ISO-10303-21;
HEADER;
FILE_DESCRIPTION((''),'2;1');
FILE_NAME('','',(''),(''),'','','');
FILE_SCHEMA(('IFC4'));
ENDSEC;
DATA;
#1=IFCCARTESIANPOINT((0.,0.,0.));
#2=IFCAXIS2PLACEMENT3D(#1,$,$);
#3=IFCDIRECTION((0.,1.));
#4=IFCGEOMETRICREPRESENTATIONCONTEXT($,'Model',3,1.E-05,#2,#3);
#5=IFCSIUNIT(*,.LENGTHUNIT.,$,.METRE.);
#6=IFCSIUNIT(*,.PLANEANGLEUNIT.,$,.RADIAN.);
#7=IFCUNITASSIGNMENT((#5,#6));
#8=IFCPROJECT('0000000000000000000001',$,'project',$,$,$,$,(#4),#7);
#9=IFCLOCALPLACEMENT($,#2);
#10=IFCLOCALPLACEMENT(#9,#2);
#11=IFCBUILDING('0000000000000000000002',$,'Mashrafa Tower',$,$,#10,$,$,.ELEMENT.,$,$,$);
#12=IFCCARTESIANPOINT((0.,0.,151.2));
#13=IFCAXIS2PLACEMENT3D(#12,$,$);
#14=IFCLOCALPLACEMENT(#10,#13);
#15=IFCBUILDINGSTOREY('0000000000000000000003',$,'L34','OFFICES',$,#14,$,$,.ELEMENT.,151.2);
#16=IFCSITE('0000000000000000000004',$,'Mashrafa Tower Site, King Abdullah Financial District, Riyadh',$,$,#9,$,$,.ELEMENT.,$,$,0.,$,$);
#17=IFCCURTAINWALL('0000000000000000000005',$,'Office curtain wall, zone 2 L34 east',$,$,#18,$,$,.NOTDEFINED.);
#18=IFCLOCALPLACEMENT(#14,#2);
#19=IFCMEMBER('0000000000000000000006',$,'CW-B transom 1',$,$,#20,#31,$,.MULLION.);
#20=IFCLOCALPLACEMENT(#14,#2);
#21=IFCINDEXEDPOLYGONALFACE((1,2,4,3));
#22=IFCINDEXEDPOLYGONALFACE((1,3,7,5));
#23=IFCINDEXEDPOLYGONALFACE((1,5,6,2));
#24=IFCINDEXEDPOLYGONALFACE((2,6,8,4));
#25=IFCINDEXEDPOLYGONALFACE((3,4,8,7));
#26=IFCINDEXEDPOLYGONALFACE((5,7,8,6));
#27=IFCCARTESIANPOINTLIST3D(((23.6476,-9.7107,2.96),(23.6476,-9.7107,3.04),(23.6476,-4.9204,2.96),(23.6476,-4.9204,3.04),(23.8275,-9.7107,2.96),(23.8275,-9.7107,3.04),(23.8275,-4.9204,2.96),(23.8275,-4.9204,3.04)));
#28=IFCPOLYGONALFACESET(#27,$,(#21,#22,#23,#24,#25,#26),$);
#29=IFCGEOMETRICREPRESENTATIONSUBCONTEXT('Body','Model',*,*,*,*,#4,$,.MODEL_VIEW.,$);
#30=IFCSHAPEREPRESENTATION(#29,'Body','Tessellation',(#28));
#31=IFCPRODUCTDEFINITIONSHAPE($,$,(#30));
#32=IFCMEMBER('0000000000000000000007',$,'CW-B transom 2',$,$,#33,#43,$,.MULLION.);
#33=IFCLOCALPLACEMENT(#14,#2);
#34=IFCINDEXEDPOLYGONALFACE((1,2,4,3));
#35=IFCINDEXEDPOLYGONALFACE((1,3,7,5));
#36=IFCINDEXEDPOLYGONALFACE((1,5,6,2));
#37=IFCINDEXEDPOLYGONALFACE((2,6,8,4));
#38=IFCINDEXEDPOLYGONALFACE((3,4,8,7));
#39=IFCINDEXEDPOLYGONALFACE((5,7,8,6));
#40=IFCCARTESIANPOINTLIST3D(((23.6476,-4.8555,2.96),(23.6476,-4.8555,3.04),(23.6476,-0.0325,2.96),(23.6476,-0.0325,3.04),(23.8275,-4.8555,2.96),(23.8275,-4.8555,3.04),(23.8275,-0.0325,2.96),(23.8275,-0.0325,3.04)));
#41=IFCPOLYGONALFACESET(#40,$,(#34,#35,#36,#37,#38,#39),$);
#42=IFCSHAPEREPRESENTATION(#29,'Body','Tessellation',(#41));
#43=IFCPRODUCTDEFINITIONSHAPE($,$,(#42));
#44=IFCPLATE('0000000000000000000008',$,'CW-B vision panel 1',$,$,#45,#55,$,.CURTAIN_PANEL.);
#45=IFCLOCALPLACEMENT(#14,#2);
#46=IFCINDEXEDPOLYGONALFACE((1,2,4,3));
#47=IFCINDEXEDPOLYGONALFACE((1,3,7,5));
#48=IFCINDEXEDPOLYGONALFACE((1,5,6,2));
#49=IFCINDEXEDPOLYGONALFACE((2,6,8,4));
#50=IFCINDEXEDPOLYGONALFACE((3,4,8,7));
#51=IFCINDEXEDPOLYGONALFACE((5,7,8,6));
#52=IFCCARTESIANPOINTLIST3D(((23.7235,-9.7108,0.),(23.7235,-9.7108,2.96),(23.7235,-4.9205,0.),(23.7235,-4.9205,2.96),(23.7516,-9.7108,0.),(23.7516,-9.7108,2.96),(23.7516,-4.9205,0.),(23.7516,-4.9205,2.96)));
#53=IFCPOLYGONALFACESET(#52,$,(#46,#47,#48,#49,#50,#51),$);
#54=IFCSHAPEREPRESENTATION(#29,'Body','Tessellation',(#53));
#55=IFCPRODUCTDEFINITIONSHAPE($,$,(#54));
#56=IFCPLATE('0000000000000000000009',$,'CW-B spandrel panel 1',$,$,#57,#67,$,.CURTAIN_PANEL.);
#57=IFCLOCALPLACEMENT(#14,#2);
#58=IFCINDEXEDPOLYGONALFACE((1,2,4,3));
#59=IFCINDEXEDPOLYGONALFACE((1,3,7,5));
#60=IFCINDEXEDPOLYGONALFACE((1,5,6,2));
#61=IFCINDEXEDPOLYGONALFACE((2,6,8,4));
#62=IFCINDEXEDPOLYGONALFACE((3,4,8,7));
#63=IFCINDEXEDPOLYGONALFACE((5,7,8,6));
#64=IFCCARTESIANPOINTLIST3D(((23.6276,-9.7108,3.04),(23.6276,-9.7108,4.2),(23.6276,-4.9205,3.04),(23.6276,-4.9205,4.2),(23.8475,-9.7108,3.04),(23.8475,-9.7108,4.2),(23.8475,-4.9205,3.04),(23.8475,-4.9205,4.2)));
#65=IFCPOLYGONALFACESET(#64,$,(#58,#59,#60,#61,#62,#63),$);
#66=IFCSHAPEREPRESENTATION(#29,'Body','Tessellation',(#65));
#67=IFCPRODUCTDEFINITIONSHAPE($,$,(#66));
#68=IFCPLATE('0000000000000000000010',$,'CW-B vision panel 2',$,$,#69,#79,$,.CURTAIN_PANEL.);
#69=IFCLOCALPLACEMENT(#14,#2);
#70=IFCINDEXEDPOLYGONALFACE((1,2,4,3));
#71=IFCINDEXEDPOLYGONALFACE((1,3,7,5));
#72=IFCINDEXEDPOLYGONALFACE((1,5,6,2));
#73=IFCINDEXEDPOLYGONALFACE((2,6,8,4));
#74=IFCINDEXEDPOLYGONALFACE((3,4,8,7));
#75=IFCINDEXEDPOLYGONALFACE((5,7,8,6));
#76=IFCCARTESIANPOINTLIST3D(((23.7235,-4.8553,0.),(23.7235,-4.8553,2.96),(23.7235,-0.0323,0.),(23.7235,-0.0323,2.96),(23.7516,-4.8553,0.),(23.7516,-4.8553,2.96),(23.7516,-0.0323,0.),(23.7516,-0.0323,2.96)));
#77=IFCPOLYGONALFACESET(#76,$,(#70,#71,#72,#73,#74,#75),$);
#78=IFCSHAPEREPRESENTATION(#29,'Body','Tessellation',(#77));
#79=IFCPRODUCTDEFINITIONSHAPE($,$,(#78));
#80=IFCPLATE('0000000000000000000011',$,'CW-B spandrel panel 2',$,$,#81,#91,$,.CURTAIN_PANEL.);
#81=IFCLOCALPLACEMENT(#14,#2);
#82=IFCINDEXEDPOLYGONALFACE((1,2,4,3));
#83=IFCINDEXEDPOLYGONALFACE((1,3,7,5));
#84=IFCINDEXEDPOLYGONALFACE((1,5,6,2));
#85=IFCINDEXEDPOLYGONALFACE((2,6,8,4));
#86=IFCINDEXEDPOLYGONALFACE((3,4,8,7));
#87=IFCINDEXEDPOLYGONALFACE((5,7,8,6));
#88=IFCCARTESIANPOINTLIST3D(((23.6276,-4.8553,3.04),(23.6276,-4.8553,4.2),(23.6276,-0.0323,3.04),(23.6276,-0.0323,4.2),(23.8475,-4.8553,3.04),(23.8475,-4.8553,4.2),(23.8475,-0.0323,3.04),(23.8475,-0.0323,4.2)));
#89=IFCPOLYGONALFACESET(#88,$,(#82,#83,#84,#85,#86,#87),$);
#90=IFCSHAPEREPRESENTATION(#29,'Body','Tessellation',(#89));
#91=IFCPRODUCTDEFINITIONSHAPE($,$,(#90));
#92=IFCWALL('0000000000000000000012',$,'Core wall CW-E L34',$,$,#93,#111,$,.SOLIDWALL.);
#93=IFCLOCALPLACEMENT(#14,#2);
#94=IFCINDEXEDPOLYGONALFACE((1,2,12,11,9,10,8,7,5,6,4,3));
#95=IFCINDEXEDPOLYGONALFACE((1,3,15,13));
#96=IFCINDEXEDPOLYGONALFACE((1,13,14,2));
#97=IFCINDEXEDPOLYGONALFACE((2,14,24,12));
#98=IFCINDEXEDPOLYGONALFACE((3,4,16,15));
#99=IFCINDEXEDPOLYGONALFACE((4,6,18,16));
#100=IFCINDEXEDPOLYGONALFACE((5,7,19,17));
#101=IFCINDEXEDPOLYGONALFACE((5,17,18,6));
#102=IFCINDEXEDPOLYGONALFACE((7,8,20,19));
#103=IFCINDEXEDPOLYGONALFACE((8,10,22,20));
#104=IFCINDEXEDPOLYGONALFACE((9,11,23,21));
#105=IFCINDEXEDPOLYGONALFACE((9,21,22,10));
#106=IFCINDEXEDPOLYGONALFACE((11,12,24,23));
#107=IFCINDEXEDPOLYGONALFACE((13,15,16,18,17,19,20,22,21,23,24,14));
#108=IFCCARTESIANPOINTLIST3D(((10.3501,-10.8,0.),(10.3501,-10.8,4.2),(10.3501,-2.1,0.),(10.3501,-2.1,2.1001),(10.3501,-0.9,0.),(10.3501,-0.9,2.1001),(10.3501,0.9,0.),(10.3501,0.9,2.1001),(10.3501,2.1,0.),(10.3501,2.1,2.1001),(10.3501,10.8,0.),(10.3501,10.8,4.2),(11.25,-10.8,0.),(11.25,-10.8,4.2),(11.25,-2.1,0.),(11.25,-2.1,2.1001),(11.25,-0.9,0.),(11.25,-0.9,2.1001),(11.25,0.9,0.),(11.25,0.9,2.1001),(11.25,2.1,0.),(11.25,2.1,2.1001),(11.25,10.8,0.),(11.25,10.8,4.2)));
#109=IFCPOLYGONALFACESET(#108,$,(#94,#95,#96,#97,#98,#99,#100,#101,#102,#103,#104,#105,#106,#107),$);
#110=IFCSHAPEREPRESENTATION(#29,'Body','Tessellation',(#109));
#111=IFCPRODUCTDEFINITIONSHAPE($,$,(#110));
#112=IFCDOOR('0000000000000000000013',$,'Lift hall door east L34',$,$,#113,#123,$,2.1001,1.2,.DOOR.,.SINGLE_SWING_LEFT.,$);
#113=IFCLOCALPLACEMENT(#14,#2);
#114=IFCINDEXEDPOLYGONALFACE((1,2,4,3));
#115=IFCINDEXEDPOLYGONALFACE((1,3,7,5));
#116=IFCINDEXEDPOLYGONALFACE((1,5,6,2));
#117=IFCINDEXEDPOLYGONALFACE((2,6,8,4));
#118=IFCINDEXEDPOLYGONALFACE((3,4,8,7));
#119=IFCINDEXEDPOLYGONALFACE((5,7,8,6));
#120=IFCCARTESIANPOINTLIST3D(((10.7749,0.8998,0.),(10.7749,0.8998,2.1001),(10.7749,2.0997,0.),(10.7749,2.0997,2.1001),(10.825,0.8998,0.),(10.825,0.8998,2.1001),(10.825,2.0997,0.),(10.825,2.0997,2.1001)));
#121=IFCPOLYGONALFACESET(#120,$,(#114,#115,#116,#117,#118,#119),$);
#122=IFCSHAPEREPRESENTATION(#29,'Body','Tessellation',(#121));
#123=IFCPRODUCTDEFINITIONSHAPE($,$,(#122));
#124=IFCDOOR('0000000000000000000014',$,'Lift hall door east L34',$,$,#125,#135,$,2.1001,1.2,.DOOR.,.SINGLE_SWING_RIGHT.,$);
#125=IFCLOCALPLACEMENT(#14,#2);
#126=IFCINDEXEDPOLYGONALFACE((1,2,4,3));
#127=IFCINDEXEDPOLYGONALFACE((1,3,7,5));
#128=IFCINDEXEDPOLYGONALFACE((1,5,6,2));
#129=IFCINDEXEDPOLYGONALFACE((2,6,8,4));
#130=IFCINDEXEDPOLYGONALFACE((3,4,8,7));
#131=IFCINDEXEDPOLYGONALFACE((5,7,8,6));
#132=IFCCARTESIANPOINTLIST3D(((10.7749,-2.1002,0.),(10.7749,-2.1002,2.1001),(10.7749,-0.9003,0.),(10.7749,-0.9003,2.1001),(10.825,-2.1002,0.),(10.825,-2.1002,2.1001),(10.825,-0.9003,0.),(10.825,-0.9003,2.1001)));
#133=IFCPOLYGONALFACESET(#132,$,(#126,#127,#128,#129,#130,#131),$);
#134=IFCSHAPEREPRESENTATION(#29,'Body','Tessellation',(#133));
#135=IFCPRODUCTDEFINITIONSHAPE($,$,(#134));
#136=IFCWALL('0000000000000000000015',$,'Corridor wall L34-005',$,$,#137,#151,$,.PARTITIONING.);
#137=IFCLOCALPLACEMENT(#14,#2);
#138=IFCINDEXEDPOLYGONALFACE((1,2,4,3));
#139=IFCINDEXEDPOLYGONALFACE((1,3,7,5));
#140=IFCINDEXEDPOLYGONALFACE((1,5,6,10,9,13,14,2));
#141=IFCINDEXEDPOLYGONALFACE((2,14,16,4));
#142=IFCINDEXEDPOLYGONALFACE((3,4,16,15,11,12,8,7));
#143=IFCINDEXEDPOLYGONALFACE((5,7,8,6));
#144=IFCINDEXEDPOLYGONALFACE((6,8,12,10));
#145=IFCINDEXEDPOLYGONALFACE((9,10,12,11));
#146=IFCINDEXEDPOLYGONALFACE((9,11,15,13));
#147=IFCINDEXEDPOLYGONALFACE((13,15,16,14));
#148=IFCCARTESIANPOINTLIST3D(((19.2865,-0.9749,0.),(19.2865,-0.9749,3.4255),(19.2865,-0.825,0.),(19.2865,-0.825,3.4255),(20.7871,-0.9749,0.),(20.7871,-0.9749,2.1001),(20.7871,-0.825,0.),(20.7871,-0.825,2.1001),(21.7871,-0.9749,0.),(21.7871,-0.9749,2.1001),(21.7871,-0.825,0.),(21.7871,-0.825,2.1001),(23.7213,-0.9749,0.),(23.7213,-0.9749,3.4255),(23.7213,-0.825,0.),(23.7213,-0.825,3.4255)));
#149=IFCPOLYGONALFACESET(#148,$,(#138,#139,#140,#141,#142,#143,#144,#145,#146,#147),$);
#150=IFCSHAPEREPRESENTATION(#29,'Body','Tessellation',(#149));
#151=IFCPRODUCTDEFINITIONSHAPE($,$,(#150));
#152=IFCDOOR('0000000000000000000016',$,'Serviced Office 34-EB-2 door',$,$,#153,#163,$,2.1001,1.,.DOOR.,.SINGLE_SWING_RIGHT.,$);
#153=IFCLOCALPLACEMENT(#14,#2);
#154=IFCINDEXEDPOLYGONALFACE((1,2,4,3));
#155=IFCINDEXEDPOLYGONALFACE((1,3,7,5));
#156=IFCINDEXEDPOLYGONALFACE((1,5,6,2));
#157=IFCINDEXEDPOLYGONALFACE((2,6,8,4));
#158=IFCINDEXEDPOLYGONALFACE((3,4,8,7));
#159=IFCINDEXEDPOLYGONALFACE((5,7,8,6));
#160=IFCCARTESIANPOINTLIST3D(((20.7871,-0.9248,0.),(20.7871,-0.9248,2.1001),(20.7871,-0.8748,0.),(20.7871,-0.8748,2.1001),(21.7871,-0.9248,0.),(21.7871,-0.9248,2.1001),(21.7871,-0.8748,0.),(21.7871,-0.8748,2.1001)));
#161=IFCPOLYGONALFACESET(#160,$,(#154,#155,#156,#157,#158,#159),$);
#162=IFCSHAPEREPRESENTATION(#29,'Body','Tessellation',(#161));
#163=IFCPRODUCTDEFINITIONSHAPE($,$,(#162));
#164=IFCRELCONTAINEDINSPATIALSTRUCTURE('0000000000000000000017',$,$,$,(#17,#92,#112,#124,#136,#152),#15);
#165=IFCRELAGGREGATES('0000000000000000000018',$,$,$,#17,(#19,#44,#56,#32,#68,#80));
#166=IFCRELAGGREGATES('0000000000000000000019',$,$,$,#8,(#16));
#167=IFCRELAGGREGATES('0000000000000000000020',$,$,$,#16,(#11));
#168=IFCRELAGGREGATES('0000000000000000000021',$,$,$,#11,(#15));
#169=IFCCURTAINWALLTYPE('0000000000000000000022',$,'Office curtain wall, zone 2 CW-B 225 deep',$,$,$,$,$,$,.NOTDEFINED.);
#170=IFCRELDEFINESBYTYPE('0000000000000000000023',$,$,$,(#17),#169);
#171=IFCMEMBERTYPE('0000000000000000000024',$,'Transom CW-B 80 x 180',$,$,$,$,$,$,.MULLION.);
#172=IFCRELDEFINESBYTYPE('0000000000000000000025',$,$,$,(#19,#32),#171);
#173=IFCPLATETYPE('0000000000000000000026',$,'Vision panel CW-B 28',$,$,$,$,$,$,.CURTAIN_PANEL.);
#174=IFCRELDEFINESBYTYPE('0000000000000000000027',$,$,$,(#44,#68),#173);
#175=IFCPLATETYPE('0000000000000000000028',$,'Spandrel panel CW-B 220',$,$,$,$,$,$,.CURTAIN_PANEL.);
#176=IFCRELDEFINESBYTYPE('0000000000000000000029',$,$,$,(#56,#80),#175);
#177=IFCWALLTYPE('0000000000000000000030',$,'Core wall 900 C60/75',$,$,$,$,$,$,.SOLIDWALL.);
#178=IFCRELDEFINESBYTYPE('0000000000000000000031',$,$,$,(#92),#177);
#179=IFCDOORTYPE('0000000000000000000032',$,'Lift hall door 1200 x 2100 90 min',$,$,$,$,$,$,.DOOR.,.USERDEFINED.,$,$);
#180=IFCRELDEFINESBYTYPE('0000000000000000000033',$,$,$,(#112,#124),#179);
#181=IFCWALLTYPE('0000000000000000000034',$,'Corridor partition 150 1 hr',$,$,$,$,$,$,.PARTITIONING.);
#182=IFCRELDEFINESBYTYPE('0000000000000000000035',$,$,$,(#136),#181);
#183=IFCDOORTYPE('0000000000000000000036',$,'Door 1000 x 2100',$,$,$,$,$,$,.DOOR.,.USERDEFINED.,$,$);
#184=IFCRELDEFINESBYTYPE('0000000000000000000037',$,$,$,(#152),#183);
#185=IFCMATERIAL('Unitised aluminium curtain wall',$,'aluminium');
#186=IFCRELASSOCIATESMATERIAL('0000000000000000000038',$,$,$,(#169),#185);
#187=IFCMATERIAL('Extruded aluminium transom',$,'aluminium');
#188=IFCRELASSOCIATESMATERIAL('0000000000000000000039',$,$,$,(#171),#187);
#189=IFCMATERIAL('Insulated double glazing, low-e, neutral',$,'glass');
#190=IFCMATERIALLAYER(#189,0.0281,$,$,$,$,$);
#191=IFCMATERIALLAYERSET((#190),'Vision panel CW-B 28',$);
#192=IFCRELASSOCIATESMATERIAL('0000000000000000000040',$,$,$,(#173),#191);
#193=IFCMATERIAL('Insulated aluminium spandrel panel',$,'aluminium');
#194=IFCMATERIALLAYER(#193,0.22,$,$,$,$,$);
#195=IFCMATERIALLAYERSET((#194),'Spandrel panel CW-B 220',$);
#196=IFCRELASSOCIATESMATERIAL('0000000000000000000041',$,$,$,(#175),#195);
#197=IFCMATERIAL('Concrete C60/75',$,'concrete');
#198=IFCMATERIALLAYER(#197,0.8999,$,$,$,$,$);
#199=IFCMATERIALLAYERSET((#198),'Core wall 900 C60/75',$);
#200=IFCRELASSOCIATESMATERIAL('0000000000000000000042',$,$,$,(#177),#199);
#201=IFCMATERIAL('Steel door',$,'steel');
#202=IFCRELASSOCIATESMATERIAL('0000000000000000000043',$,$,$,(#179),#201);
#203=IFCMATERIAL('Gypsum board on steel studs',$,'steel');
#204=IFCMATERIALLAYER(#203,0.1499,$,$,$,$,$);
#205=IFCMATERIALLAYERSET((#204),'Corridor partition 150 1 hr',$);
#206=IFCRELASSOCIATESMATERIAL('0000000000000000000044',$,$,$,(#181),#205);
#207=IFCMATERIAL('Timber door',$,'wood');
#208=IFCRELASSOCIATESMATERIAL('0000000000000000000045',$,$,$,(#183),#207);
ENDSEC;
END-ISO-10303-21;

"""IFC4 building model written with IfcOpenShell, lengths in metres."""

from ifc_helpers import new_model, si_unit, direction, frame, frame_2d, origin, origin_2d, place, context, subcontext, project, spatial, rectangle, extrude, source, transform, mapped, material, layer, layer_set, material_profile, profile_set, type_object, type_shapes, element, fill, aggregate, save


model = new_model("IFC4")

# Units and contexts
model_context = context("Model", 3, precision=1e-05, world=origin(), true_north=direction((0.0, 1.0)))
body_context = subcontext(model_context, "Body", "Model", "MODEL_VIEW")
ifc_project = project(units=[si_unit("LENGTHUNIT", "METRE"), si_unit("PLANEANGLEUNIT", "RADIAN")], contexts=[model_context])

# Site, building, storey
site_placement = place(None, origin())
site = spatial("IfcSite", under=ifc_project, at=site_placement, Name="Mashrafa Tower Site, King Abdullah Financial District, Riyadh", CompositionType="ELEMENT", RefElevation=0.0)
building_placement = place(site_placement, origin())
building = spatial("IfcBuilding", under=site, at=building_placement, Name="Mashrafa Tower", CompositionType="ELEMENT")
storey_placement = place(building_placement, frame((0.0, 0.0, 151.2)))
storey = spatial("IfcBuildingStorey", under=building, at=storey_placement, Name="L34", Description="OFFICES", CompositionType="ELEMENT", Elevation=151.2)

# Curtain wall
ifc_material_1 = material(Name="Unitised aluminium curtain wall", Category="aluminium")
curtain_wall_type = type_object("IfcCurtainWallType", Name="Office curtain wall, zone 2 CW-B 225 deep", PredefinedType="NOTDEFINED", material=ifc_material_1)
curtain_wall_1_placement = place(storey_placement, origin())
curtain_wall_1 = element("IfcCurtainWall", 1, at=curtain_wall_1_placement, inside=storey, type_object=curtain_wall_type, Name="Office curtain wall, zone 2 L34 east", PredefinedType="NOTDEFINED")

# Members
ifc_material_2 = material(Name="Extruded aluminium transom", Category="aluminium")
ifc_material_profile_1 = material_profile(ifc_material_2, rectangle(XDim=0.1799, YDim=0.0801, at=origin_2d()), Name="Transom 80x180")
ifc_profile_set_1 = profile_set([ifc_material_profile_1], Name="Extruded aluminium transom")
member_type_1 = type_object("IfcMemberType", Name="Transom CW-B 80 x 180", PredefinedType="MULLION", material=ifc_profile_set_1)
shared_shape_1 = source(origin(), body_context, "Body", "SweptSolid", [
    extrude(rectangle(XDim=0.1799, YDim=0.0801, at=origin_2d()), origin(), (0.0, 0.0, 1.0), 4.7903),
])
member_1_placement = place(storey_placement, frame((23.7375, -9.7107, 3.0), z_axis=(0.0, 1.0, 0.0), x_axis=(-1.0, 0.0, 0.0)))
member_1 = element("IfcMember", 2, at=member_1_placement, type_object=member_type_1, Name="CW-B transom 1", PredefinedType="MULLION", context=body_context, shape_type="MappedRepresentation", body=[
    mapped(shared_shape_1, transform((0.0, 0.0, 0.0))),
])
shared_shape_2 = source(origin(), body_context, "Body", "SweptSolid", [
    extrude(rectangle(XDim=0.1799, YDim=0.0801, at=origin_2d()), origin(), (0.0, 0.0, 1.0), 4.823),
])
type_shapes(member_type_1, [shared_shape_1, shared_shape_2])
member_2_placement = place(storey_placement, frame((23.7375, -4.8555, 3.0), z_axis=(0.0, 1.0, 0.0), x_axis=(-1.0, 0.0, 0.0)))
member_2 = element("IfcMember", 3, at=member_2_placement, type_object=member_type_1, Name="CW-B transom 2", PredefinedType="MULLION", context=body_context, shape_type="MappedRepresentation", body=[
    mapped(shared_shape_2, transform((0.0, 0.0, 0.0))),
])

# Plates
ifc_material_3 = material(Name="Insulated double glazing, low-e, neutral", Category="glass")
ifc_layer_1 = layer(ifc_material_3, 0.0281)
ifc_layer_set_1 = layer_set([ifc_layer_1], Name="Vision panel CW-B 28")
plate_type_1 = type_object("IfcPlateType", Name="Vision panel CW-B 28", PredefinedType="CURTAIN_PANEL", material=ifc_layer_set_1)
shared_shape_3 = source(origin(), body_context, "Body", "SweptSolid", [
    extrude(rectangle(XDim=4.7903, YDim=0.0281, at=origin_2d()), origin(), (0.0, 0.0, 1.0), 2.96),
])
plate_1_placement = place(storey_placement, frame((23.7375, -7.3157, 0.0), z_axis=(0.0, 0.0, 1.0), x_axis=(0.0, 1.0, 0.0)))
plate_1 = element("IfcPlate", 4, at=plate_1_placement, type_object=plate_type_1, Name="CW-B vision panel 1", PredefinedType="CURTAIN_PANEL", context=body_context, shape_type="MappedRepresentation", body=[
    mapped(shared_shape_3, transform((0.0, 0.0, 0.0))),
])
ifc_material_4 = material(Name="Insulated aluminium spandrel panel", Category="aluminium")
ifc_layer_2 = layer(ifc_material_4, 0.22)
ifc_layer_set_2 = layer_set([ifc_layer_2], Name="Spandrel panel CW-B 220")
plate_type_2 = type_object("IfcPlateType", Name="Spandrel panel CW-B 220", PredefinedType="CURTAIN_PANEL", material=ifc_layer_set_2)
shared_shape_4 = source(origin(), body_context, "Body", "SweptSolid", [
    extrude(rectangle(XDim=4.7903, YDim=0.22, at=origin_2d()), origin(), (0.0, 0.0, 1.0), 1.1599),
])
plate_2_placement = place(storey_placement, frame((23.7375, -7.3157, 3.04), z_axis=(0.0, 0.0, 1.0), x_axis=(0.0, 1.0, 0.0)))
plate_2 = element("IfcPlate", 5, at=plate_2_placement, type_object=plate_type_2, Name="CW-B spandrel panel 1", PredefinedType="CURTAIN_PANEL", context=body_context, shape_type="MappedRepresentation", body=[
    mapped(shared_shape_4, transform((0.0, 0.0, 0.0))),
])
shared_shape_5 = source(origin(), body_context, "Body", "SweptSolid", [
    extrude(rectangle(XDim=4.823, YDim=0.0281, at=origin_2d()), origin(), (0.0, 0.0, 1.0), 2.96),
])
type_shapes(plate_type_1, [shared_shape_3, shared_shape_5])
plate_3_placement = place(storey_placement, frame((23.7375, -2.4438, 0.0), z_axis=(0.0, 0.0, 1.0), x_axis=(0.0, 1.0, 0.0)))
plate_3 = element("IfcPlate", 6, at=plate_3_placement, type_object=plate_type_1, Name="CW-B vision panel 2", PredefinedType="CURTAIN_PANEL", context=body_context, shape_type="MappedRepresentation", body=[
    mapped(shared_shape_5, transform((0.0, 0.0, 0.0))),
])
shared_shape_6 = source(origin(), body_context, "Body", "SweptSolid", [
    extrude(rectangle(XDim=4.823, YDim=0.22, at=origin_2d()), origin(), (0.0, 0.0, 1.0), 1.1599),
])
type_shapes(plate_type_2, [shared_shape_4, shared_shape_6])
plate_4_placement = place(storey_placement, frame((23.7375, -2.4438, 3.04), z_axis=(0.0, 0.0, 1.0), x_axis=(0.0, 1.0, 0.0)))
plate_4 = element("IfcPlate", 7, at=plate_4_placement, type_object=plate_type_2, Name="CW-B spandrel panel 2", PredefinedType="CURTAIN_PANEL", context=body_context, shape_type="MappedRepresentation", body=[
    mapped(shared_shape_6, transform((0.0, 0.0, 0.0))),
])
aggregate(curtain_wall_1, [member_1, plate_1, plate_2, member_2, plate_3, plate_4])

# Wall, openings, doors
ifc_material_5 = material(Name="Concrete C60/75", Category="concrete")
ifc_layer_3 = layer(ifc_material_5, 0.8999)
ifc_layer_set_3 = layer_set([ifc_layer_3], Name="Core wall 900 C60/75")
wall_type_1 = type_object("IfcWallType", Name="Core wall 900 C60/75", PredefinedType="SOLIDWALL", material=ifc_layer_set_3)
wall_1_placement = place(storey_placement, frame((10.8, -10.8, 0.0), z_axis=(0.0, 0.0, 1.0), x_axis=(0.0, 1.0, 0.0)))
wall_1 = element("IfcWall", 8, at=wall_1_placement, inside=storey, type_object=wall_type_1, Name="Core wall CW-E L34", PredefinedType="SOLIDWALL", context=body_context, shape_type="SweptSolid", body=[
    extrude(rectangle(XDim=21.6001, YDim=0.8999, at=frame_2d((10.8, 0.0))), origin(), (0.0, 0.0, 1.0), 4.2),
])
opening_1_placement = place(wall_1_placement, frame((11.7, 0.0, 0.0)))
opening_1 = element("IfcOpeningElement", 9, at=opening_1_placement, cuts=wall_1, PredefinedType="OPENING", context=body_context, shape_type="SweptSolid", body=[
    extrude(rectangle(XDim=1.2, YDim=2.1001, at=frame_2d((0.6001, 1.05))), frame((0.0, 0.46, 0.0), z_axis=(0.0, -1.0, 0.0), x_axis=(1.0, 0.0, 0.0)), (0.0, 0.0, 1.0), 0.9199),
])
opening_2_placement = place(wall_1_placement, frame((8.7, 0.0, 0.0)))
opening_2 = element("IfcOpeningElement", 10, at=opening_2_placement, cuts=wall_1, PredefinedType="OPENING", context=body_context, shape_type="SweptSolid", body=[
    extrude(rectangle(XDim=1.2, YDim=2.1001, at=frame_2d((0.6001, 1.05))), frame((0.0, 0.46, 0.0), z_axis=(0.0, -1.0, 0.0), x_axis=(1.0, 0.0, 0.0)), (0.0, 0.0, 1.0), 0.9199),
])
ifc_material_6 = material(Name="Steel door", Category="steel")
door_type_1 = type_object("IfcDoorType", Name="Lift hall door 1200 x 2100 90 min", OperationType="USERDEFINED", PredefinedType="DOOR", material=ifc_material_6)
door_1_placement = place(opening_1_placement, frame((1.2, 0.0, 0.0), z_axis=(0.0, 0.0, 1.0), x_axis=(-1.0, 0.0, 0.0)))
door_1 = element("IfcDoor", 11, at=door_1_placement, inside=storey, type_object=door_type_1, Name="Lift hall door east L34", OperationType="SINGLE_SWING_LEFT", OverallHeight=2.1001, OverallWidth=1.2, PredefinedType="DOOR", context=body_context, shape_type="SweptSolid", body=[
    extrude(rectangle(XDim=1.2, YDim=2.1001, at=frame_2d((0.6001, 1.05))), frame((0.0, 0.0249, 0.0), z_axis=(0.0, -1.0, 0.0), x_axis=(1.0, 0.0, 0.0)), (0.0, 0.0, 1.0), 0.05),
])
fill(opening_1, door_1)
door_2_placement = place(opening_2_placement, frame((1.2, 0.0, 0.0), z_axis=(0.0, 0.0, 1.0), x_axis=(-1.0, 0.0, 0.0)))
door_2 = element("IfcDoor", 12, at=door_2_placement, inside=storey, type_object=door_type_1, Name="Lift hall door east L34", OperationType="SINGLE_SWING_RIGHT", OverallHeight=2.1001, OverallWidth=1.2, PredefinedType="DOOR", context=body_context, shape_type="SweptSolid", body=[
    extrude(rectangle(XDim=1.2, YDim=2.1001, at=frame_2d((0.6001, 1.05))), frame((0.0, 0.0249, 0.0), z_axis=(0.0, -1.0, 0.0), x_axis=(1.0, 0.0, 0.0)), (0.0, 0.0, 1.0), 0.05),
])
fill(opening_2, door_2)

# Wall, opening, door
ifc_material_7 = material(Name="Gypsum board on steel studs", Category="steel")
ifc_layer_4 = layer(ifc_material_7, 0.1499)
ifc_layer_set_4 = layer_set([ifc_layer_4], Name="Corridor partition 150 1 hr")
wall_type_2 = type_object("IfcWallType", Name="Corridor partition 150 1 hr", PredefinedType="PARTITIONING", material=ifc_layer_set_4)
wall_2_placement = place(storey_placement, frame((19.2866, -0.8999, 0.0), z_axis=(0.0, 0.0, 1.0), x_axis=(1.0, 0.0, 0.0)))
wall_2 = element("IfcWall", 13, at=wall_2_placement, inside=storey, type_object=wall_type_2, Name="Corridor wall L34-005", PredefinedType="PARTITIONING", context=body_context, shape_type="SweptSolid", body=[
    extrude(rectangle(XDim=4.4348, YDim=0.1499, at=frame_2d((2.2173, 0.0))), origin(), (0.0, 0.0, 1.0), 3.4255),
])
opening_3_placement = place(wall_2_placement, frame((1.5005, 0.0, 0.0)))
opening_3 = element("IfcOpeningElement", 14, at=opening_3_placement, cuts=wall_2, PredefinedType="OPENING", context=body_context, shape_type="SweptSolid", body=[
    extrude(rectangle(XDim=1.0, YDim=2.1001, at=frame_2d((0.5, 1.05))), frame((0.0, 0.085, 0.0), z_axis=(0.0, -1.0, 0.0), x_axis=(1.0, 0.0, 0.0)), (0.0, 0.0, 1.0), 0.1699),
])
ifc_material_8 = material(Name="Timber door", Category="wood")
door_type_2 = type_object("IfcDoorType", Name="Door 1000 x 2100", OperationType="USERDEFINED", PredefinedType="DOOR", material=ifc_material_8)
door_3_placement = place(opening_3_placement, frame((1.0, 0.0, 0.0), z_axis=(0.0, 0.0, 1.0), x_axis=(-1.0, 0.0, 0.0)))
door_3 = element("IfcDoor", 15, at=door_3_placement, inside=storey, type_object=door_type_2, Name="Serviced Office 34-EB-2 door", OperationType="SINGLE_SWING_RIGHT", OverallHeight=2.1001, OverallWidth=1.0, PredefinedType="DOOR", context=body_context, shape_type="SweptSolid", body=[
    extrude(rectangle(XDim=1.0, YDim=2.1001, at=frame_2d((0.5, 1.05))), frame((0.0, 0.0249, 0.0), z_axis=(0.0, -1.0, 0.0), x_axis=(1.0, 0.0, 0.0)), (0.0, 0.0, 1.0), 0.05),
])
fill(opening_3, door_3)

save(model, "model.ifc")
